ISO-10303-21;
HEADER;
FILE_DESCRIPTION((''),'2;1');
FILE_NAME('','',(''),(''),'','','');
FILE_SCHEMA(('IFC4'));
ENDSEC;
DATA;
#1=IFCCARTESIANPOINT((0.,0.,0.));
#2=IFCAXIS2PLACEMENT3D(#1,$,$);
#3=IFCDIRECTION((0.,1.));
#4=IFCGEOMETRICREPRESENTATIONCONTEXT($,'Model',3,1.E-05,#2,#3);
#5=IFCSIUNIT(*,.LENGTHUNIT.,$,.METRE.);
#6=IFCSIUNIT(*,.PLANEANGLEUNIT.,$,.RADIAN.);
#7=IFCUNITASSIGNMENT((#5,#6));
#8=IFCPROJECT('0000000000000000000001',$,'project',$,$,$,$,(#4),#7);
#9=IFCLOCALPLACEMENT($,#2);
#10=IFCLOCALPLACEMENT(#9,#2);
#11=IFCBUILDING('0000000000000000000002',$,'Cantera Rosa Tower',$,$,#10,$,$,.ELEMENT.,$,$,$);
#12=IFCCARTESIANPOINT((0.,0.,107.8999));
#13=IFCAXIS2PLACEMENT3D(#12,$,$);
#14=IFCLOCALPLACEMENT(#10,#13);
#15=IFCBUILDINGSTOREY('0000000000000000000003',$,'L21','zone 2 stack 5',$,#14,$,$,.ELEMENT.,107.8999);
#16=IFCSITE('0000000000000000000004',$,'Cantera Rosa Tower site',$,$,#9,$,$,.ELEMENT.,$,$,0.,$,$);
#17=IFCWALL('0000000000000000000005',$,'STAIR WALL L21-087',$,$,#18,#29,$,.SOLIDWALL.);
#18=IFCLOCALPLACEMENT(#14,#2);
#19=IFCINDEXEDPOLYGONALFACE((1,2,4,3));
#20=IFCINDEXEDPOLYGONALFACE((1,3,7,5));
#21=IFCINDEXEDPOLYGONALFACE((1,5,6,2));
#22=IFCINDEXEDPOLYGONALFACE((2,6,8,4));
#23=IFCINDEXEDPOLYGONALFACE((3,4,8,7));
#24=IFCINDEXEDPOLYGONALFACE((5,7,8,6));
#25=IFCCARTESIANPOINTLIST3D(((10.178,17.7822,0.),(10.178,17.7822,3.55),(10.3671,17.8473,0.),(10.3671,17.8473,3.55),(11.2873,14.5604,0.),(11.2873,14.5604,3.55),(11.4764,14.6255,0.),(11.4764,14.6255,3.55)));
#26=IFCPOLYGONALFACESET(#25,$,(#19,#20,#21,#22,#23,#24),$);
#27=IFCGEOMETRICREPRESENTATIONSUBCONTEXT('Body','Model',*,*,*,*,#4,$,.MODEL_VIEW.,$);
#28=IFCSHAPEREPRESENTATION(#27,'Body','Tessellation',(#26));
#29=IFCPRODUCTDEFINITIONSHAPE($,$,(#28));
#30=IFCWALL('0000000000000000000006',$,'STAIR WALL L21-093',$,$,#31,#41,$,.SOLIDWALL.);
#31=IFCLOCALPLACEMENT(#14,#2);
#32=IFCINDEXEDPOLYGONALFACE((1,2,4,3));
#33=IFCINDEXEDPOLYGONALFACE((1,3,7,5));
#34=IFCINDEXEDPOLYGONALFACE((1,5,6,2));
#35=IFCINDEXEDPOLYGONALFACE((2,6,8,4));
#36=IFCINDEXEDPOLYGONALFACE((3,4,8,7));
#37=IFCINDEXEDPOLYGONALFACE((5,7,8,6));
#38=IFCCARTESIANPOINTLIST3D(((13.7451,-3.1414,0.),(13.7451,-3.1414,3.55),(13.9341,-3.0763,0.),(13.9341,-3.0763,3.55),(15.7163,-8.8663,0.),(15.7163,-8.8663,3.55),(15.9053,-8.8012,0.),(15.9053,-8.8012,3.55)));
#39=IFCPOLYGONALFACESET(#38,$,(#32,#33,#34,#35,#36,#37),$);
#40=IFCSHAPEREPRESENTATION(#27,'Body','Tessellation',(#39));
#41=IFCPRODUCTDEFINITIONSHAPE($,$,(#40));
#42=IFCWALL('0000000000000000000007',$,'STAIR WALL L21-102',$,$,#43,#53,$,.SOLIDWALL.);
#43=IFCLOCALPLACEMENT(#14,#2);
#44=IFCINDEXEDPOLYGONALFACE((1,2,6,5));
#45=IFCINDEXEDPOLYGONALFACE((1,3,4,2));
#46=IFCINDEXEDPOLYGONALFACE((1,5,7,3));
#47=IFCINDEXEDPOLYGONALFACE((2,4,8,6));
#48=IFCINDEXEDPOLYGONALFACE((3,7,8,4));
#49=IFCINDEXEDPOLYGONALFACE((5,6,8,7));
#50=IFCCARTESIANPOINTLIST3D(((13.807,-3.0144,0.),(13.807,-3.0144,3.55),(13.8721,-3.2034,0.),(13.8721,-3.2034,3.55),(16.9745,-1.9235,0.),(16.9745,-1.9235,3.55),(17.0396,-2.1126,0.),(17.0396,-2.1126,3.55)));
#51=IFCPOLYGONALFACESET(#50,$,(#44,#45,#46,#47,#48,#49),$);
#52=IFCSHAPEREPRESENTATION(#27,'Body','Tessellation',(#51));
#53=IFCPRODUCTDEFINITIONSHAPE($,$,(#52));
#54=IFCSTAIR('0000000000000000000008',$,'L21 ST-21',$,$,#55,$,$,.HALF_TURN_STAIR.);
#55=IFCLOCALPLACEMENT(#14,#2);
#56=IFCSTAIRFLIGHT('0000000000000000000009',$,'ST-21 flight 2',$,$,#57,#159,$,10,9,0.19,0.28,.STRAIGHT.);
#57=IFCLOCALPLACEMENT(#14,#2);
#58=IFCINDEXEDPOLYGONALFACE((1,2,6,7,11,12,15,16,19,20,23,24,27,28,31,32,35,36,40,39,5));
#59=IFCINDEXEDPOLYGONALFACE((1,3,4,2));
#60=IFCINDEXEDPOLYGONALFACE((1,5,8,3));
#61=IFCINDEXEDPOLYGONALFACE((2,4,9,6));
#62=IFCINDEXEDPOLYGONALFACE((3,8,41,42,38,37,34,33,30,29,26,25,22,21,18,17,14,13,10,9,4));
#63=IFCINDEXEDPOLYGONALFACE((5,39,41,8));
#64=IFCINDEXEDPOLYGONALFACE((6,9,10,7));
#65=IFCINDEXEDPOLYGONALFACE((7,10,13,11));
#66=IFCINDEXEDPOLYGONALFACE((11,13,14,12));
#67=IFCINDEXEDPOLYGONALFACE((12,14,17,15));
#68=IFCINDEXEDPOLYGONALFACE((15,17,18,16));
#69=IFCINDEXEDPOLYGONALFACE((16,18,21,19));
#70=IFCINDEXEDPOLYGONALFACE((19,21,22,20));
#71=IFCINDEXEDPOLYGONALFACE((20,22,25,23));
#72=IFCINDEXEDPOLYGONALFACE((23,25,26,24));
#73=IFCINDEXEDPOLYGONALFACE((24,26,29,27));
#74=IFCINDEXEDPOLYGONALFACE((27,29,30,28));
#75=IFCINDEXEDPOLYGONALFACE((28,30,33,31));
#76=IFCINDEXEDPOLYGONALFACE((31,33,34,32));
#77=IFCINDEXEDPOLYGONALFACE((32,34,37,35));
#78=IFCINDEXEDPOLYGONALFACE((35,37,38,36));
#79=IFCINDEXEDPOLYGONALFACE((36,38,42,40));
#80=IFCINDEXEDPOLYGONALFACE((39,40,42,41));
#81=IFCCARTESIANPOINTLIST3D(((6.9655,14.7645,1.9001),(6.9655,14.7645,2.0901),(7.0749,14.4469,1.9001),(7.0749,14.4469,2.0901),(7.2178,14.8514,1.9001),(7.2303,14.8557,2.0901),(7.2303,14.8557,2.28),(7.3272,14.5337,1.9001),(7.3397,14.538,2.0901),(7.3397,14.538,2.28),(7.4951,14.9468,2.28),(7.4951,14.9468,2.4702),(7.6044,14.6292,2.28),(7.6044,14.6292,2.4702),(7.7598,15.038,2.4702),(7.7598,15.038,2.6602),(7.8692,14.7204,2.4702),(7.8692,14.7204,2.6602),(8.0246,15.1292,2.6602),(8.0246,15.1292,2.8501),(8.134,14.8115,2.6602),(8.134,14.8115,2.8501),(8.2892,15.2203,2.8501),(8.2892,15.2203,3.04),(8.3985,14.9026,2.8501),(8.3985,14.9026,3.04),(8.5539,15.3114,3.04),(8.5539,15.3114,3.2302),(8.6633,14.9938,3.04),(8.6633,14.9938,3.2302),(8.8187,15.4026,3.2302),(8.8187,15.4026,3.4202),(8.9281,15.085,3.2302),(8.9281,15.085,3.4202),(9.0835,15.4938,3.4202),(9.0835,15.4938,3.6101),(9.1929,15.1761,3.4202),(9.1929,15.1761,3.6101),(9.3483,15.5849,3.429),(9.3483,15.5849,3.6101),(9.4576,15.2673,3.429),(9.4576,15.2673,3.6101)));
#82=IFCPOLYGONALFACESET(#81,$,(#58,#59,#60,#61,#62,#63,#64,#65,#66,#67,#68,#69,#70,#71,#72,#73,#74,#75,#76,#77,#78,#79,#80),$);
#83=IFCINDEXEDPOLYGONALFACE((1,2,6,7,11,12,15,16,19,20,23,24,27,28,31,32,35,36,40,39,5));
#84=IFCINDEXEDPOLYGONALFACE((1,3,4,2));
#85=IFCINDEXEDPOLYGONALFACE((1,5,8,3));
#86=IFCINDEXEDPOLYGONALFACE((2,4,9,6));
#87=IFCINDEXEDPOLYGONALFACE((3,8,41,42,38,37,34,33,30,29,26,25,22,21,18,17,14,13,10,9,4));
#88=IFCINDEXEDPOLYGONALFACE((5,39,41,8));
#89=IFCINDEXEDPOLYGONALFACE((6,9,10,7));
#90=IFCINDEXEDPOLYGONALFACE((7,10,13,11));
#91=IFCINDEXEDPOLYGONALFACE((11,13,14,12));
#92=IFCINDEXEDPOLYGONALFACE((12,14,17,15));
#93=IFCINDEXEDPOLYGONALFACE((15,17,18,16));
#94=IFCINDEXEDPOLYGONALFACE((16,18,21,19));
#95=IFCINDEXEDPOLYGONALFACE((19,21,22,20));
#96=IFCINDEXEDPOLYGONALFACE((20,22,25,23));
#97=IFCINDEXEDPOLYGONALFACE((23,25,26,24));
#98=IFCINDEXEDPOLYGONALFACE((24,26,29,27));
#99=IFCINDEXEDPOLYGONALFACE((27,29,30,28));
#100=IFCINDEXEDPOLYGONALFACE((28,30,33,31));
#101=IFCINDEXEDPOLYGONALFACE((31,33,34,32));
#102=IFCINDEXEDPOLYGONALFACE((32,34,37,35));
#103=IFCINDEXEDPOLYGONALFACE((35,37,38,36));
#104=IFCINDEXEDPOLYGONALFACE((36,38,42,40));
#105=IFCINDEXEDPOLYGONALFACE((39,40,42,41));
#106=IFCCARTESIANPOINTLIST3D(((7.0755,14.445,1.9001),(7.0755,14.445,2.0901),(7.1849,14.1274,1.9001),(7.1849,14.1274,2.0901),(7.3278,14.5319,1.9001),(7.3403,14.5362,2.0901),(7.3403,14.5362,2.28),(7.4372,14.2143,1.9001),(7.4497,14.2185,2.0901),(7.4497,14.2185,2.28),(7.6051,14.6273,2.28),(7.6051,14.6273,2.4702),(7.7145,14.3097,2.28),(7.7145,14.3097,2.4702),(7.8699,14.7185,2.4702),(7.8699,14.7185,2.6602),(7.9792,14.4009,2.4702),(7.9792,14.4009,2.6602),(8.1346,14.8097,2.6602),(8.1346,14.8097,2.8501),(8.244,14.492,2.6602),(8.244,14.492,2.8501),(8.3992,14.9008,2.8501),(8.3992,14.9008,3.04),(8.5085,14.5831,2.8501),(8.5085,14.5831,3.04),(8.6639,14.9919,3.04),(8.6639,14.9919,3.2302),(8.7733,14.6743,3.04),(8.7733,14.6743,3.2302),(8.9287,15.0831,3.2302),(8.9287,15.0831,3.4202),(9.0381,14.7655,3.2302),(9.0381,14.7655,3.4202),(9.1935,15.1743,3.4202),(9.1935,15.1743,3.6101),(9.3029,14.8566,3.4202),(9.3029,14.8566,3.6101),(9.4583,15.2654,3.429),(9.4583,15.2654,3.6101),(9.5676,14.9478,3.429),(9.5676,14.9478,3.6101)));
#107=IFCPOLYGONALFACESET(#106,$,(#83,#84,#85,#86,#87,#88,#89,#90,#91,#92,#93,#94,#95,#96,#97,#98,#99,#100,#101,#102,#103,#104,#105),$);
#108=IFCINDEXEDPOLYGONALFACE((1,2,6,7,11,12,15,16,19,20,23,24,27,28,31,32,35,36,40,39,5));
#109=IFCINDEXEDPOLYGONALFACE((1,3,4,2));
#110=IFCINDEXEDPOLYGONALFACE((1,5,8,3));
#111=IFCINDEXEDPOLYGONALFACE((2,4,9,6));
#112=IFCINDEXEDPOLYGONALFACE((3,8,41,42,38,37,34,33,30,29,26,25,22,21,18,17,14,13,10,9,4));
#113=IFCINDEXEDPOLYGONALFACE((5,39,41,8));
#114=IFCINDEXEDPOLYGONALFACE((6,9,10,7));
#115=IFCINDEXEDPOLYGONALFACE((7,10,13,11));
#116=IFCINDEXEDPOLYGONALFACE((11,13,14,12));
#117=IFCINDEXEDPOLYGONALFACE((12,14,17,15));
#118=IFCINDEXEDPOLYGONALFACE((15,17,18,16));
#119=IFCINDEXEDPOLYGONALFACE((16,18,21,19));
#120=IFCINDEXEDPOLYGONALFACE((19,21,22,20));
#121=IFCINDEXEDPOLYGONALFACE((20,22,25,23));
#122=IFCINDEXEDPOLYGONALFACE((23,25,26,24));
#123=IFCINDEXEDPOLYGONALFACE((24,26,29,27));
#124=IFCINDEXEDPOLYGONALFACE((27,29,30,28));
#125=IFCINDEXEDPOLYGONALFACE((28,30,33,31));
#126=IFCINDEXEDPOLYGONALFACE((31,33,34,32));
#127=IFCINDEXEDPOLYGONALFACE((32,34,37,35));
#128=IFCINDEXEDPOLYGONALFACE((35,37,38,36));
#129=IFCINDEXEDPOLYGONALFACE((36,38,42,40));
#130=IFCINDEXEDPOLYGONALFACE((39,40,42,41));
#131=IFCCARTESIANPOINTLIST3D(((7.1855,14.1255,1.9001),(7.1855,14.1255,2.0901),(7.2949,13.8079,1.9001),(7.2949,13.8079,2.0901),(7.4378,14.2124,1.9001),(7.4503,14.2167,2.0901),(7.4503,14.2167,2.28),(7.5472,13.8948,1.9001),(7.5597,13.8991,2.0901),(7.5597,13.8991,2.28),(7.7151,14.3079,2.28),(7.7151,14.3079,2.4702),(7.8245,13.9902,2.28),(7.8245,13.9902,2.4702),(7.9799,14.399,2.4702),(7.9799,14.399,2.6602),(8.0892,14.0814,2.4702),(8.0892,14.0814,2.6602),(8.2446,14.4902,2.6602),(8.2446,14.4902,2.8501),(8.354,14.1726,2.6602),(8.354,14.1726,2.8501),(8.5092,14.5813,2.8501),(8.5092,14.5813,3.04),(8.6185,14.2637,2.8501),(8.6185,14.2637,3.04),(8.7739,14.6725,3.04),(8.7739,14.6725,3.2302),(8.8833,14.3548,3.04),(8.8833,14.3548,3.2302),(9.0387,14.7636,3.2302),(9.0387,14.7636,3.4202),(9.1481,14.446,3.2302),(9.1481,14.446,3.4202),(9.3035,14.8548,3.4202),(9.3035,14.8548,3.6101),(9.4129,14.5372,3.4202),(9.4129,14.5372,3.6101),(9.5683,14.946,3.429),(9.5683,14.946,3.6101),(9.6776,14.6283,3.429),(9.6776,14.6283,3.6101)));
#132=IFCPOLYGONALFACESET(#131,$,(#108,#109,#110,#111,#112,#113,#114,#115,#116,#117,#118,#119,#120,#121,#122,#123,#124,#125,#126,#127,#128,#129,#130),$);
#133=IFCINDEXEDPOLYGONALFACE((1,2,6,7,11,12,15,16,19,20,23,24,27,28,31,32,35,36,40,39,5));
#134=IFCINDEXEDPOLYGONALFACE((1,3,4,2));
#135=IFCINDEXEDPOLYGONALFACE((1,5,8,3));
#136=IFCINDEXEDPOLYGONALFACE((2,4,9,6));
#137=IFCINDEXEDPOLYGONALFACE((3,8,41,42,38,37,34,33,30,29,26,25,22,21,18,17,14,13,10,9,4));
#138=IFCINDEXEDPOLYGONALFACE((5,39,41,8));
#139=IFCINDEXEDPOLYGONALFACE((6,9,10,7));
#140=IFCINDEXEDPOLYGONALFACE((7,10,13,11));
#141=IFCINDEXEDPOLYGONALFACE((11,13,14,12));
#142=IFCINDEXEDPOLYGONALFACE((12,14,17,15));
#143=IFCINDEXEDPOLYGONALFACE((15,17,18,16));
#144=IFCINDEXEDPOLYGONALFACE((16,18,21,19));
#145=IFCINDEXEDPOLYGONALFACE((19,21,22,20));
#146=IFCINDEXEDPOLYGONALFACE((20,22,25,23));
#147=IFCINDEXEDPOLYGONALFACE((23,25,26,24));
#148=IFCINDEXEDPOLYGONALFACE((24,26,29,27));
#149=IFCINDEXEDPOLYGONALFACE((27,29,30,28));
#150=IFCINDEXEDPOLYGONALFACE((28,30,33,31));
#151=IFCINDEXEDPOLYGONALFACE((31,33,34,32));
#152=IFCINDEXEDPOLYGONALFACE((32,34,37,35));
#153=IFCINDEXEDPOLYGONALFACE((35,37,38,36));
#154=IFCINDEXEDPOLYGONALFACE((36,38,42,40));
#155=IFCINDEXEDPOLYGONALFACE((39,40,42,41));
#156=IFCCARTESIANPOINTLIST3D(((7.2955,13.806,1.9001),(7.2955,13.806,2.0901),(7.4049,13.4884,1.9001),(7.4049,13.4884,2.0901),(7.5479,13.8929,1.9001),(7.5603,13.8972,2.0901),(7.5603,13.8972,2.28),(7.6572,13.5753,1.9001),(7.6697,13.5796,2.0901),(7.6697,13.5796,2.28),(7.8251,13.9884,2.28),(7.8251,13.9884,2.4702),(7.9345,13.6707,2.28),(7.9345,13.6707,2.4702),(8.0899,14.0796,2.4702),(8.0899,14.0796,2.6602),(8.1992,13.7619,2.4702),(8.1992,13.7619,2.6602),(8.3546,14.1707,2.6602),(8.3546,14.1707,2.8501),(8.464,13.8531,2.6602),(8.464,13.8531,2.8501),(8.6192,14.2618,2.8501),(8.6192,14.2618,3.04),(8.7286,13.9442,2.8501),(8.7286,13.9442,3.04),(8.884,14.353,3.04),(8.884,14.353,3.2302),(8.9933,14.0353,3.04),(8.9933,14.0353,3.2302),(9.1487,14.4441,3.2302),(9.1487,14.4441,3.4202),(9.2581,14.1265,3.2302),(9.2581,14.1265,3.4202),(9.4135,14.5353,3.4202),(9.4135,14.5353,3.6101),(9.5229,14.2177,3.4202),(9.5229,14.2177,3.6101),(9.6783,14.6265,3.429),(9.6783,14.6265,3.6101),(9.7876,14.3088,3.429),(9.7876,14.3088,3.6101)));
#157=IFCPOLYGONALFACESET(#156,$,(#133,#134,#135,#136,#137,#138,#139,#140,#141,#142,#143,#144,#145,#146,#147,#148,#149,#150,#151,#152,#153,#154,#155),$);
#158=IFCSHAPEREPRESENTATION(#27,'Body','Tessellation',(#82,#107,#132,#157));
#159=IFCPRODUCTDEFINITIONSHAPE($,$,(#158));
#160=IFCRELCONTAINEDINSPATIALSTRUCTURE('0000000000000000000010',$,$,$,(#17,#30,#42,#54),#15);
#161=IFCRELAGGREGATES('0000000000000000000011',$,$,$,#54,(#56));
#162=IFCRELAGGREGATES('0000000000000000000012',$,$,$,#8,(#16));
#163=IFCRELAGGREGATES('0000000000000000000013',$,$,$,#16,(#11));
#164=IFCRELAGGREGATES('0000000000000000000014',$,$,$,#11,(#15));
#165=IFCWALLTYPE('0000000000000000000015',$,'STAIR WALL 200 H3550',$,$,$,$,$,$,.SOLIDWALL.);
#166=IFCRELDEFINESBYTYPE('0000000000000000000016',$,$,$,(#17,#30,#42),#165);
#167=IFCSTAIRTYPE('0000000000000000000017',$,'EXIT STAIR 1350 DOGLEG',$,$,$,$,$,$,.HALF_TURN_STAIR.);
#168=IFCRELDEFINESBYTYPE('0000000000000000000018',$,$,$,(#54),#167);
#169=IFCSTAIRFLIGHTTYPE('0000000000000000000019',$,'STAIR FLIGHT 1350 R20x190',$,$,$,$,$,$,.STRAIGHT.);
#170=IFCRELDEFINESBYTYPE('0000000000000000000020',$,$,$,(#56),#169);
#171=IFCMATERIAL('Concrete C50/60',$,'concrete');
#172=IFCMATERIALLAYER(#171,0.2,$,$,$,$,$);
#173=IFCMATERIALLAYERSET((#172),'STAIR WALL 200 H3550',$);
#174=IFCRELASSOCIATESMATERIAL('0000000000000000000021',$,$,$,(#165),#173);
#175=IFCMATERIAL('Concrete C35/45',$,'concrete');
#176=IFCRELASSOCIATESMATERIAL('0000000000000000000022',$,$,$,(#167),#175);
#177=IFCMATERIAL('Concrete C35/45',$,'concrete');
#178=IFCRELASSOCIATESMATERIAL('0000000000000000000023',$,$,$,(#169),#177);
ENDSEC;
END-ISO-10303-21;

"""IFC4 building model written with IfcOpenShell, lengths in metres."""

from ifc_helpers import new_model, si_unit, direction, frame, frame_2d, origin, place, context, subcontext, project, spatial, polyline, rectangle, outline, extrude, material, layer, layer_set, type_object, element, aggregate, save


model = new_model("IFC4")

# Units and contexts
model_context = context("Model", 3, precision=1e-05, world=origin(), true_north=direction((0.0, 1.0)))
body_context = subcontext(model_context, "Body", "Model", "MODEL_VIEW")
ifc_project = project(units=[si_unit("LENGTHUNIT", "METRE"), si_unit("PLANEANGLEUNIT", "RADIAN")], contexts=[model_context])

# Site, building, storey
site_placement = place(None, origin())
site = spatial("IfcSite", under=ifc_project, at=site_placement, Name="Cantera Rosa Tower site", CompositionType="ELEMENT", RefElevation=0.0)
building_placement = place(site_placement, origin())
building = spatial("IfcBuilding", under=site, at=building_placement, Name="Cantera Rosa Tower", CompositionType="ELEMENT")
storey_placement = place(building_placement, frame((0.0, 0.0, 107.8999)))
storey = spatial("IfcBuildingStorey", under=building, at=storey_placement, Name="L21", Description="zone 2 stack 5", CompositionType="ELEMENT", Elevation=107.8999)

# Walls
ifc_material_1 = material(Name="Concrete C50/60", Category="concrete")
ifc_layer_1 = layer(ifc_material_1, 0.2)
ifc_layer_set_1 = layer_set([ifc_layer_1], Name="STAIR WALL 200 H3550")
wall_type_1 = type_object("IfcWallType", Name="STAIR WALL 200 H3550", PredefinedType="SOLIDWALL", material=ifc_layer_set_1)
wall_1_placement = place(storey_placement, frame((11.3818, 14.593, 0.0), z_axis=(0.0, 0.0, 1.0), x_axis=(-0.325562, 0.945521, 0.0)))
element("IfcWall", 1, at=wall_1_placement, inside=storey, type_object=wall_type_1, Name="STAIR WALL L21-087", PredefinedType="SOLIDWALL", context=body_context, shape_type="SweptSolid", body=[
    extrude(rectangle(XDim=3.4075, YDim=0.2, at=frame_2d((1.7036, 0.0))), origin(), (0.0, 0.0, 1.0), 3.55),
])
wall_2_placement = place(storey_placement, frame((13.8396, -3.1089, 0.0), z_axis=(0.0, 0.0, 1.0), x_axis=(0.325563, -0.94552, 0.0)))
element("IfcWall", 2, at=wall_2_placement, inside=storey, type_object=wall_type_1, Name="STAIR WALL L21-093", PredefinedType="SOLIDWALL", context=body_context, shape_type="SweptSolid", body=[
    extrude(rectangle(XDim=6.0547, YDim=0.2, at=frame_2d((3.0273, 0.0))), origin(), (0.0, 0.0, 1.0), 3.55),
])
wall_3_placement = place(storey_placement, frame((17.0071, -2.0181, 0.0), z_axis=(0.0, 0.0, 1.0), x_axis=(-0.945503, -0.325613, 0.0)))
element("IfcWall", 3, at=wall_3_placement, inside=storey, type_object=wall_type_1, Name="STAIR WALL L21-102", PredefinedType="SOLIDWALL", context=body_context, shape_type="SweptSolid", body=[
    extrude(rectangle(XDim=3.3501, YDim=0.2, at=frame_2d((1.675, 0.0))), origin(), (0.0, 0.0, 1.0), 3.55),
])

# Stair, stair flight
ifc_material_2 = material(Name="Concrete C35/45", Category="concrete")
stair_type = type_object("IfcStairType", Name="EXIT STAIR 1350 DOGLEG", PredefinedType="HALF_TURN_STAIR", material=ifc_material_2)
stair_placement = place(storey_placement, origin())
stair = element("IfcStair", 4, at=stair_placement, inside=storey, type_object=stair_type, Name="L21 ST-21", PredefinedType="HALF_TURN_STAIR")
ifc_material_3 = material(Name="Concrete C35/45", Category="concrete")
stair_flight_type = type_object("IfcStairFlightType", Name="STAIR FLIGHT 1350 R20x190", PredefinedType="STRAIGHT", material=ifc_material_3)
stair_flight_placement = place(storey_placement, frame((7.1853, 14.1262, 1.9001), z_axis=(0.0, 0.0, 1.0), x_axis=(0.945519, 0.325568, 0.0)))
stair_flight = element("IfcStairFlight", 5, at=stair_flight_placement, type_object=stair_flight_type, Name="ST-21 flight 2", NumberOfRisers=10, NumberOfTreads=9, PredefinedType="STRAIGHT", RiserHeight=0.19, TreadLength=0.28, context=body_context, shape_type="SweptSolid", body=[
    extrude(outline(polyline([(0.0, 0.0), (0.0, 0.1899), (0.28, 0.1899), (0.28, 0.3799), (0.5601, 0.3799), (0.5601, 0.5701), (0.8401, 0.5701), (0.8401, 0.76), (1.1201, 0.76), (1.1201, 0.95), (1.3999, 0.95), (1.3999, 1.1399), (1.6799, 1.1399), (1.6799, 1.3301), (1.96, 1.3301), (1.96, 1.52), (2.24, 1.52), (2.24, 1.71), (2.52, 1.71), (2.52, 1.8999), (2.52, 1.5288), (0.2668, 0.0), (0.0, 0.0)])), frame((0.0, 0.675, 0.0), z_axis=(0.0, -1.0, 0.0), x_axis=(1.0, 0.0, 0.0)), (0.0, 0.0, 1.0), 0.3359),
    extrude(outline(polyline([(0.0, 0.0), (0.0, 0.1899), (0.28, 0.1899), (0.28, 0.3799), (0.5601, 0.3799), (0.5601, 0.5701), (0.8401, 0.5701), (0.8401, 0.76), (1.1201, 0.76), (1.1201, 0.95), (1.3999, 0.95), (1.3999, 1.1399), (1.6799, 1.1399), (1.6799, 1.3301), (1.96, 1.3301), (1.96, 1.52), (2.24, 1.52), (2.24, 1.71), (2.52, 1.71), (2.52, 1.8999), (2.52, 1.5288), (0.2668, 0.0), (0.0, 0.0)])), frame((0.0, 0.3372, 0.0), z_axis=(0.0, -1.0, 0.0), x_axis=(1.0, 0.0, 0.0)), (0.0, 0.0, 1.0), 0.3359),
    extrude(outline(polyline([(0.0, 0.0), (0.0, 0.1899), (0.28, 0.1899), (0.28, 0.3799), (0.5601, 0.3799), (0.5601, 0.5701), (0.8401, 0.5701), (0.8401, 0.76), (1.1201, 0.76), (1.1201, 0.95), (1.3999, 0.95), (1.3999, 1.1399), (1.6799, 1.1399), (1.6799, 1.3301), (1.96, 1.3301), (1.96, 1.52), (2.24, 1.52), (2.24, 1.71), (2.52, 1.71), (2.52, 1.8999), (2.52, 1.5288), (0.2668, 0.0), (0.0, 0.0)])), frame((0.0, -0.0007, 0.0), z_axis=(0.0, -1.0, 0.0), x_axis=(1.0, 0.0, 0.0)), (0.0, 0.0, 1.0), 0.3359),
    extrude(outline(polyline([(0.0, 0.0), (0.0, 0.1899), (0.28, 0.1899), (0.28, 0.3799), (0.5601, 0.3799), (0.5601, 0.5701), (0.8401, 0.5701), (0.8401, 0.76), (1.1201, 0.76), (1.1201, 0.95), (1.3999, 0.95), (1.3999, 1.1399), (1.6799, 1.1399), (1.6799, 1.3301), (1.96, 1.3301), (1.96, 1.52), (2.24, 1.52), (2.24, 1.71), (2.52, 1.71), (2.52, 1.8999), (2.52, 1.5288), (0.2668, 0.0), (0.0, 0.0)])), frame((0.0, -0.3386, 0.0), z_axis=(0.0, -1.0, 0.0), x_axis=(1.0, 0.0, 0.0)), (0.0, 0.0, 1.0), 0.3359),
])
aggregate(stair, [stair_flight])

save(model, "model.ifc")
